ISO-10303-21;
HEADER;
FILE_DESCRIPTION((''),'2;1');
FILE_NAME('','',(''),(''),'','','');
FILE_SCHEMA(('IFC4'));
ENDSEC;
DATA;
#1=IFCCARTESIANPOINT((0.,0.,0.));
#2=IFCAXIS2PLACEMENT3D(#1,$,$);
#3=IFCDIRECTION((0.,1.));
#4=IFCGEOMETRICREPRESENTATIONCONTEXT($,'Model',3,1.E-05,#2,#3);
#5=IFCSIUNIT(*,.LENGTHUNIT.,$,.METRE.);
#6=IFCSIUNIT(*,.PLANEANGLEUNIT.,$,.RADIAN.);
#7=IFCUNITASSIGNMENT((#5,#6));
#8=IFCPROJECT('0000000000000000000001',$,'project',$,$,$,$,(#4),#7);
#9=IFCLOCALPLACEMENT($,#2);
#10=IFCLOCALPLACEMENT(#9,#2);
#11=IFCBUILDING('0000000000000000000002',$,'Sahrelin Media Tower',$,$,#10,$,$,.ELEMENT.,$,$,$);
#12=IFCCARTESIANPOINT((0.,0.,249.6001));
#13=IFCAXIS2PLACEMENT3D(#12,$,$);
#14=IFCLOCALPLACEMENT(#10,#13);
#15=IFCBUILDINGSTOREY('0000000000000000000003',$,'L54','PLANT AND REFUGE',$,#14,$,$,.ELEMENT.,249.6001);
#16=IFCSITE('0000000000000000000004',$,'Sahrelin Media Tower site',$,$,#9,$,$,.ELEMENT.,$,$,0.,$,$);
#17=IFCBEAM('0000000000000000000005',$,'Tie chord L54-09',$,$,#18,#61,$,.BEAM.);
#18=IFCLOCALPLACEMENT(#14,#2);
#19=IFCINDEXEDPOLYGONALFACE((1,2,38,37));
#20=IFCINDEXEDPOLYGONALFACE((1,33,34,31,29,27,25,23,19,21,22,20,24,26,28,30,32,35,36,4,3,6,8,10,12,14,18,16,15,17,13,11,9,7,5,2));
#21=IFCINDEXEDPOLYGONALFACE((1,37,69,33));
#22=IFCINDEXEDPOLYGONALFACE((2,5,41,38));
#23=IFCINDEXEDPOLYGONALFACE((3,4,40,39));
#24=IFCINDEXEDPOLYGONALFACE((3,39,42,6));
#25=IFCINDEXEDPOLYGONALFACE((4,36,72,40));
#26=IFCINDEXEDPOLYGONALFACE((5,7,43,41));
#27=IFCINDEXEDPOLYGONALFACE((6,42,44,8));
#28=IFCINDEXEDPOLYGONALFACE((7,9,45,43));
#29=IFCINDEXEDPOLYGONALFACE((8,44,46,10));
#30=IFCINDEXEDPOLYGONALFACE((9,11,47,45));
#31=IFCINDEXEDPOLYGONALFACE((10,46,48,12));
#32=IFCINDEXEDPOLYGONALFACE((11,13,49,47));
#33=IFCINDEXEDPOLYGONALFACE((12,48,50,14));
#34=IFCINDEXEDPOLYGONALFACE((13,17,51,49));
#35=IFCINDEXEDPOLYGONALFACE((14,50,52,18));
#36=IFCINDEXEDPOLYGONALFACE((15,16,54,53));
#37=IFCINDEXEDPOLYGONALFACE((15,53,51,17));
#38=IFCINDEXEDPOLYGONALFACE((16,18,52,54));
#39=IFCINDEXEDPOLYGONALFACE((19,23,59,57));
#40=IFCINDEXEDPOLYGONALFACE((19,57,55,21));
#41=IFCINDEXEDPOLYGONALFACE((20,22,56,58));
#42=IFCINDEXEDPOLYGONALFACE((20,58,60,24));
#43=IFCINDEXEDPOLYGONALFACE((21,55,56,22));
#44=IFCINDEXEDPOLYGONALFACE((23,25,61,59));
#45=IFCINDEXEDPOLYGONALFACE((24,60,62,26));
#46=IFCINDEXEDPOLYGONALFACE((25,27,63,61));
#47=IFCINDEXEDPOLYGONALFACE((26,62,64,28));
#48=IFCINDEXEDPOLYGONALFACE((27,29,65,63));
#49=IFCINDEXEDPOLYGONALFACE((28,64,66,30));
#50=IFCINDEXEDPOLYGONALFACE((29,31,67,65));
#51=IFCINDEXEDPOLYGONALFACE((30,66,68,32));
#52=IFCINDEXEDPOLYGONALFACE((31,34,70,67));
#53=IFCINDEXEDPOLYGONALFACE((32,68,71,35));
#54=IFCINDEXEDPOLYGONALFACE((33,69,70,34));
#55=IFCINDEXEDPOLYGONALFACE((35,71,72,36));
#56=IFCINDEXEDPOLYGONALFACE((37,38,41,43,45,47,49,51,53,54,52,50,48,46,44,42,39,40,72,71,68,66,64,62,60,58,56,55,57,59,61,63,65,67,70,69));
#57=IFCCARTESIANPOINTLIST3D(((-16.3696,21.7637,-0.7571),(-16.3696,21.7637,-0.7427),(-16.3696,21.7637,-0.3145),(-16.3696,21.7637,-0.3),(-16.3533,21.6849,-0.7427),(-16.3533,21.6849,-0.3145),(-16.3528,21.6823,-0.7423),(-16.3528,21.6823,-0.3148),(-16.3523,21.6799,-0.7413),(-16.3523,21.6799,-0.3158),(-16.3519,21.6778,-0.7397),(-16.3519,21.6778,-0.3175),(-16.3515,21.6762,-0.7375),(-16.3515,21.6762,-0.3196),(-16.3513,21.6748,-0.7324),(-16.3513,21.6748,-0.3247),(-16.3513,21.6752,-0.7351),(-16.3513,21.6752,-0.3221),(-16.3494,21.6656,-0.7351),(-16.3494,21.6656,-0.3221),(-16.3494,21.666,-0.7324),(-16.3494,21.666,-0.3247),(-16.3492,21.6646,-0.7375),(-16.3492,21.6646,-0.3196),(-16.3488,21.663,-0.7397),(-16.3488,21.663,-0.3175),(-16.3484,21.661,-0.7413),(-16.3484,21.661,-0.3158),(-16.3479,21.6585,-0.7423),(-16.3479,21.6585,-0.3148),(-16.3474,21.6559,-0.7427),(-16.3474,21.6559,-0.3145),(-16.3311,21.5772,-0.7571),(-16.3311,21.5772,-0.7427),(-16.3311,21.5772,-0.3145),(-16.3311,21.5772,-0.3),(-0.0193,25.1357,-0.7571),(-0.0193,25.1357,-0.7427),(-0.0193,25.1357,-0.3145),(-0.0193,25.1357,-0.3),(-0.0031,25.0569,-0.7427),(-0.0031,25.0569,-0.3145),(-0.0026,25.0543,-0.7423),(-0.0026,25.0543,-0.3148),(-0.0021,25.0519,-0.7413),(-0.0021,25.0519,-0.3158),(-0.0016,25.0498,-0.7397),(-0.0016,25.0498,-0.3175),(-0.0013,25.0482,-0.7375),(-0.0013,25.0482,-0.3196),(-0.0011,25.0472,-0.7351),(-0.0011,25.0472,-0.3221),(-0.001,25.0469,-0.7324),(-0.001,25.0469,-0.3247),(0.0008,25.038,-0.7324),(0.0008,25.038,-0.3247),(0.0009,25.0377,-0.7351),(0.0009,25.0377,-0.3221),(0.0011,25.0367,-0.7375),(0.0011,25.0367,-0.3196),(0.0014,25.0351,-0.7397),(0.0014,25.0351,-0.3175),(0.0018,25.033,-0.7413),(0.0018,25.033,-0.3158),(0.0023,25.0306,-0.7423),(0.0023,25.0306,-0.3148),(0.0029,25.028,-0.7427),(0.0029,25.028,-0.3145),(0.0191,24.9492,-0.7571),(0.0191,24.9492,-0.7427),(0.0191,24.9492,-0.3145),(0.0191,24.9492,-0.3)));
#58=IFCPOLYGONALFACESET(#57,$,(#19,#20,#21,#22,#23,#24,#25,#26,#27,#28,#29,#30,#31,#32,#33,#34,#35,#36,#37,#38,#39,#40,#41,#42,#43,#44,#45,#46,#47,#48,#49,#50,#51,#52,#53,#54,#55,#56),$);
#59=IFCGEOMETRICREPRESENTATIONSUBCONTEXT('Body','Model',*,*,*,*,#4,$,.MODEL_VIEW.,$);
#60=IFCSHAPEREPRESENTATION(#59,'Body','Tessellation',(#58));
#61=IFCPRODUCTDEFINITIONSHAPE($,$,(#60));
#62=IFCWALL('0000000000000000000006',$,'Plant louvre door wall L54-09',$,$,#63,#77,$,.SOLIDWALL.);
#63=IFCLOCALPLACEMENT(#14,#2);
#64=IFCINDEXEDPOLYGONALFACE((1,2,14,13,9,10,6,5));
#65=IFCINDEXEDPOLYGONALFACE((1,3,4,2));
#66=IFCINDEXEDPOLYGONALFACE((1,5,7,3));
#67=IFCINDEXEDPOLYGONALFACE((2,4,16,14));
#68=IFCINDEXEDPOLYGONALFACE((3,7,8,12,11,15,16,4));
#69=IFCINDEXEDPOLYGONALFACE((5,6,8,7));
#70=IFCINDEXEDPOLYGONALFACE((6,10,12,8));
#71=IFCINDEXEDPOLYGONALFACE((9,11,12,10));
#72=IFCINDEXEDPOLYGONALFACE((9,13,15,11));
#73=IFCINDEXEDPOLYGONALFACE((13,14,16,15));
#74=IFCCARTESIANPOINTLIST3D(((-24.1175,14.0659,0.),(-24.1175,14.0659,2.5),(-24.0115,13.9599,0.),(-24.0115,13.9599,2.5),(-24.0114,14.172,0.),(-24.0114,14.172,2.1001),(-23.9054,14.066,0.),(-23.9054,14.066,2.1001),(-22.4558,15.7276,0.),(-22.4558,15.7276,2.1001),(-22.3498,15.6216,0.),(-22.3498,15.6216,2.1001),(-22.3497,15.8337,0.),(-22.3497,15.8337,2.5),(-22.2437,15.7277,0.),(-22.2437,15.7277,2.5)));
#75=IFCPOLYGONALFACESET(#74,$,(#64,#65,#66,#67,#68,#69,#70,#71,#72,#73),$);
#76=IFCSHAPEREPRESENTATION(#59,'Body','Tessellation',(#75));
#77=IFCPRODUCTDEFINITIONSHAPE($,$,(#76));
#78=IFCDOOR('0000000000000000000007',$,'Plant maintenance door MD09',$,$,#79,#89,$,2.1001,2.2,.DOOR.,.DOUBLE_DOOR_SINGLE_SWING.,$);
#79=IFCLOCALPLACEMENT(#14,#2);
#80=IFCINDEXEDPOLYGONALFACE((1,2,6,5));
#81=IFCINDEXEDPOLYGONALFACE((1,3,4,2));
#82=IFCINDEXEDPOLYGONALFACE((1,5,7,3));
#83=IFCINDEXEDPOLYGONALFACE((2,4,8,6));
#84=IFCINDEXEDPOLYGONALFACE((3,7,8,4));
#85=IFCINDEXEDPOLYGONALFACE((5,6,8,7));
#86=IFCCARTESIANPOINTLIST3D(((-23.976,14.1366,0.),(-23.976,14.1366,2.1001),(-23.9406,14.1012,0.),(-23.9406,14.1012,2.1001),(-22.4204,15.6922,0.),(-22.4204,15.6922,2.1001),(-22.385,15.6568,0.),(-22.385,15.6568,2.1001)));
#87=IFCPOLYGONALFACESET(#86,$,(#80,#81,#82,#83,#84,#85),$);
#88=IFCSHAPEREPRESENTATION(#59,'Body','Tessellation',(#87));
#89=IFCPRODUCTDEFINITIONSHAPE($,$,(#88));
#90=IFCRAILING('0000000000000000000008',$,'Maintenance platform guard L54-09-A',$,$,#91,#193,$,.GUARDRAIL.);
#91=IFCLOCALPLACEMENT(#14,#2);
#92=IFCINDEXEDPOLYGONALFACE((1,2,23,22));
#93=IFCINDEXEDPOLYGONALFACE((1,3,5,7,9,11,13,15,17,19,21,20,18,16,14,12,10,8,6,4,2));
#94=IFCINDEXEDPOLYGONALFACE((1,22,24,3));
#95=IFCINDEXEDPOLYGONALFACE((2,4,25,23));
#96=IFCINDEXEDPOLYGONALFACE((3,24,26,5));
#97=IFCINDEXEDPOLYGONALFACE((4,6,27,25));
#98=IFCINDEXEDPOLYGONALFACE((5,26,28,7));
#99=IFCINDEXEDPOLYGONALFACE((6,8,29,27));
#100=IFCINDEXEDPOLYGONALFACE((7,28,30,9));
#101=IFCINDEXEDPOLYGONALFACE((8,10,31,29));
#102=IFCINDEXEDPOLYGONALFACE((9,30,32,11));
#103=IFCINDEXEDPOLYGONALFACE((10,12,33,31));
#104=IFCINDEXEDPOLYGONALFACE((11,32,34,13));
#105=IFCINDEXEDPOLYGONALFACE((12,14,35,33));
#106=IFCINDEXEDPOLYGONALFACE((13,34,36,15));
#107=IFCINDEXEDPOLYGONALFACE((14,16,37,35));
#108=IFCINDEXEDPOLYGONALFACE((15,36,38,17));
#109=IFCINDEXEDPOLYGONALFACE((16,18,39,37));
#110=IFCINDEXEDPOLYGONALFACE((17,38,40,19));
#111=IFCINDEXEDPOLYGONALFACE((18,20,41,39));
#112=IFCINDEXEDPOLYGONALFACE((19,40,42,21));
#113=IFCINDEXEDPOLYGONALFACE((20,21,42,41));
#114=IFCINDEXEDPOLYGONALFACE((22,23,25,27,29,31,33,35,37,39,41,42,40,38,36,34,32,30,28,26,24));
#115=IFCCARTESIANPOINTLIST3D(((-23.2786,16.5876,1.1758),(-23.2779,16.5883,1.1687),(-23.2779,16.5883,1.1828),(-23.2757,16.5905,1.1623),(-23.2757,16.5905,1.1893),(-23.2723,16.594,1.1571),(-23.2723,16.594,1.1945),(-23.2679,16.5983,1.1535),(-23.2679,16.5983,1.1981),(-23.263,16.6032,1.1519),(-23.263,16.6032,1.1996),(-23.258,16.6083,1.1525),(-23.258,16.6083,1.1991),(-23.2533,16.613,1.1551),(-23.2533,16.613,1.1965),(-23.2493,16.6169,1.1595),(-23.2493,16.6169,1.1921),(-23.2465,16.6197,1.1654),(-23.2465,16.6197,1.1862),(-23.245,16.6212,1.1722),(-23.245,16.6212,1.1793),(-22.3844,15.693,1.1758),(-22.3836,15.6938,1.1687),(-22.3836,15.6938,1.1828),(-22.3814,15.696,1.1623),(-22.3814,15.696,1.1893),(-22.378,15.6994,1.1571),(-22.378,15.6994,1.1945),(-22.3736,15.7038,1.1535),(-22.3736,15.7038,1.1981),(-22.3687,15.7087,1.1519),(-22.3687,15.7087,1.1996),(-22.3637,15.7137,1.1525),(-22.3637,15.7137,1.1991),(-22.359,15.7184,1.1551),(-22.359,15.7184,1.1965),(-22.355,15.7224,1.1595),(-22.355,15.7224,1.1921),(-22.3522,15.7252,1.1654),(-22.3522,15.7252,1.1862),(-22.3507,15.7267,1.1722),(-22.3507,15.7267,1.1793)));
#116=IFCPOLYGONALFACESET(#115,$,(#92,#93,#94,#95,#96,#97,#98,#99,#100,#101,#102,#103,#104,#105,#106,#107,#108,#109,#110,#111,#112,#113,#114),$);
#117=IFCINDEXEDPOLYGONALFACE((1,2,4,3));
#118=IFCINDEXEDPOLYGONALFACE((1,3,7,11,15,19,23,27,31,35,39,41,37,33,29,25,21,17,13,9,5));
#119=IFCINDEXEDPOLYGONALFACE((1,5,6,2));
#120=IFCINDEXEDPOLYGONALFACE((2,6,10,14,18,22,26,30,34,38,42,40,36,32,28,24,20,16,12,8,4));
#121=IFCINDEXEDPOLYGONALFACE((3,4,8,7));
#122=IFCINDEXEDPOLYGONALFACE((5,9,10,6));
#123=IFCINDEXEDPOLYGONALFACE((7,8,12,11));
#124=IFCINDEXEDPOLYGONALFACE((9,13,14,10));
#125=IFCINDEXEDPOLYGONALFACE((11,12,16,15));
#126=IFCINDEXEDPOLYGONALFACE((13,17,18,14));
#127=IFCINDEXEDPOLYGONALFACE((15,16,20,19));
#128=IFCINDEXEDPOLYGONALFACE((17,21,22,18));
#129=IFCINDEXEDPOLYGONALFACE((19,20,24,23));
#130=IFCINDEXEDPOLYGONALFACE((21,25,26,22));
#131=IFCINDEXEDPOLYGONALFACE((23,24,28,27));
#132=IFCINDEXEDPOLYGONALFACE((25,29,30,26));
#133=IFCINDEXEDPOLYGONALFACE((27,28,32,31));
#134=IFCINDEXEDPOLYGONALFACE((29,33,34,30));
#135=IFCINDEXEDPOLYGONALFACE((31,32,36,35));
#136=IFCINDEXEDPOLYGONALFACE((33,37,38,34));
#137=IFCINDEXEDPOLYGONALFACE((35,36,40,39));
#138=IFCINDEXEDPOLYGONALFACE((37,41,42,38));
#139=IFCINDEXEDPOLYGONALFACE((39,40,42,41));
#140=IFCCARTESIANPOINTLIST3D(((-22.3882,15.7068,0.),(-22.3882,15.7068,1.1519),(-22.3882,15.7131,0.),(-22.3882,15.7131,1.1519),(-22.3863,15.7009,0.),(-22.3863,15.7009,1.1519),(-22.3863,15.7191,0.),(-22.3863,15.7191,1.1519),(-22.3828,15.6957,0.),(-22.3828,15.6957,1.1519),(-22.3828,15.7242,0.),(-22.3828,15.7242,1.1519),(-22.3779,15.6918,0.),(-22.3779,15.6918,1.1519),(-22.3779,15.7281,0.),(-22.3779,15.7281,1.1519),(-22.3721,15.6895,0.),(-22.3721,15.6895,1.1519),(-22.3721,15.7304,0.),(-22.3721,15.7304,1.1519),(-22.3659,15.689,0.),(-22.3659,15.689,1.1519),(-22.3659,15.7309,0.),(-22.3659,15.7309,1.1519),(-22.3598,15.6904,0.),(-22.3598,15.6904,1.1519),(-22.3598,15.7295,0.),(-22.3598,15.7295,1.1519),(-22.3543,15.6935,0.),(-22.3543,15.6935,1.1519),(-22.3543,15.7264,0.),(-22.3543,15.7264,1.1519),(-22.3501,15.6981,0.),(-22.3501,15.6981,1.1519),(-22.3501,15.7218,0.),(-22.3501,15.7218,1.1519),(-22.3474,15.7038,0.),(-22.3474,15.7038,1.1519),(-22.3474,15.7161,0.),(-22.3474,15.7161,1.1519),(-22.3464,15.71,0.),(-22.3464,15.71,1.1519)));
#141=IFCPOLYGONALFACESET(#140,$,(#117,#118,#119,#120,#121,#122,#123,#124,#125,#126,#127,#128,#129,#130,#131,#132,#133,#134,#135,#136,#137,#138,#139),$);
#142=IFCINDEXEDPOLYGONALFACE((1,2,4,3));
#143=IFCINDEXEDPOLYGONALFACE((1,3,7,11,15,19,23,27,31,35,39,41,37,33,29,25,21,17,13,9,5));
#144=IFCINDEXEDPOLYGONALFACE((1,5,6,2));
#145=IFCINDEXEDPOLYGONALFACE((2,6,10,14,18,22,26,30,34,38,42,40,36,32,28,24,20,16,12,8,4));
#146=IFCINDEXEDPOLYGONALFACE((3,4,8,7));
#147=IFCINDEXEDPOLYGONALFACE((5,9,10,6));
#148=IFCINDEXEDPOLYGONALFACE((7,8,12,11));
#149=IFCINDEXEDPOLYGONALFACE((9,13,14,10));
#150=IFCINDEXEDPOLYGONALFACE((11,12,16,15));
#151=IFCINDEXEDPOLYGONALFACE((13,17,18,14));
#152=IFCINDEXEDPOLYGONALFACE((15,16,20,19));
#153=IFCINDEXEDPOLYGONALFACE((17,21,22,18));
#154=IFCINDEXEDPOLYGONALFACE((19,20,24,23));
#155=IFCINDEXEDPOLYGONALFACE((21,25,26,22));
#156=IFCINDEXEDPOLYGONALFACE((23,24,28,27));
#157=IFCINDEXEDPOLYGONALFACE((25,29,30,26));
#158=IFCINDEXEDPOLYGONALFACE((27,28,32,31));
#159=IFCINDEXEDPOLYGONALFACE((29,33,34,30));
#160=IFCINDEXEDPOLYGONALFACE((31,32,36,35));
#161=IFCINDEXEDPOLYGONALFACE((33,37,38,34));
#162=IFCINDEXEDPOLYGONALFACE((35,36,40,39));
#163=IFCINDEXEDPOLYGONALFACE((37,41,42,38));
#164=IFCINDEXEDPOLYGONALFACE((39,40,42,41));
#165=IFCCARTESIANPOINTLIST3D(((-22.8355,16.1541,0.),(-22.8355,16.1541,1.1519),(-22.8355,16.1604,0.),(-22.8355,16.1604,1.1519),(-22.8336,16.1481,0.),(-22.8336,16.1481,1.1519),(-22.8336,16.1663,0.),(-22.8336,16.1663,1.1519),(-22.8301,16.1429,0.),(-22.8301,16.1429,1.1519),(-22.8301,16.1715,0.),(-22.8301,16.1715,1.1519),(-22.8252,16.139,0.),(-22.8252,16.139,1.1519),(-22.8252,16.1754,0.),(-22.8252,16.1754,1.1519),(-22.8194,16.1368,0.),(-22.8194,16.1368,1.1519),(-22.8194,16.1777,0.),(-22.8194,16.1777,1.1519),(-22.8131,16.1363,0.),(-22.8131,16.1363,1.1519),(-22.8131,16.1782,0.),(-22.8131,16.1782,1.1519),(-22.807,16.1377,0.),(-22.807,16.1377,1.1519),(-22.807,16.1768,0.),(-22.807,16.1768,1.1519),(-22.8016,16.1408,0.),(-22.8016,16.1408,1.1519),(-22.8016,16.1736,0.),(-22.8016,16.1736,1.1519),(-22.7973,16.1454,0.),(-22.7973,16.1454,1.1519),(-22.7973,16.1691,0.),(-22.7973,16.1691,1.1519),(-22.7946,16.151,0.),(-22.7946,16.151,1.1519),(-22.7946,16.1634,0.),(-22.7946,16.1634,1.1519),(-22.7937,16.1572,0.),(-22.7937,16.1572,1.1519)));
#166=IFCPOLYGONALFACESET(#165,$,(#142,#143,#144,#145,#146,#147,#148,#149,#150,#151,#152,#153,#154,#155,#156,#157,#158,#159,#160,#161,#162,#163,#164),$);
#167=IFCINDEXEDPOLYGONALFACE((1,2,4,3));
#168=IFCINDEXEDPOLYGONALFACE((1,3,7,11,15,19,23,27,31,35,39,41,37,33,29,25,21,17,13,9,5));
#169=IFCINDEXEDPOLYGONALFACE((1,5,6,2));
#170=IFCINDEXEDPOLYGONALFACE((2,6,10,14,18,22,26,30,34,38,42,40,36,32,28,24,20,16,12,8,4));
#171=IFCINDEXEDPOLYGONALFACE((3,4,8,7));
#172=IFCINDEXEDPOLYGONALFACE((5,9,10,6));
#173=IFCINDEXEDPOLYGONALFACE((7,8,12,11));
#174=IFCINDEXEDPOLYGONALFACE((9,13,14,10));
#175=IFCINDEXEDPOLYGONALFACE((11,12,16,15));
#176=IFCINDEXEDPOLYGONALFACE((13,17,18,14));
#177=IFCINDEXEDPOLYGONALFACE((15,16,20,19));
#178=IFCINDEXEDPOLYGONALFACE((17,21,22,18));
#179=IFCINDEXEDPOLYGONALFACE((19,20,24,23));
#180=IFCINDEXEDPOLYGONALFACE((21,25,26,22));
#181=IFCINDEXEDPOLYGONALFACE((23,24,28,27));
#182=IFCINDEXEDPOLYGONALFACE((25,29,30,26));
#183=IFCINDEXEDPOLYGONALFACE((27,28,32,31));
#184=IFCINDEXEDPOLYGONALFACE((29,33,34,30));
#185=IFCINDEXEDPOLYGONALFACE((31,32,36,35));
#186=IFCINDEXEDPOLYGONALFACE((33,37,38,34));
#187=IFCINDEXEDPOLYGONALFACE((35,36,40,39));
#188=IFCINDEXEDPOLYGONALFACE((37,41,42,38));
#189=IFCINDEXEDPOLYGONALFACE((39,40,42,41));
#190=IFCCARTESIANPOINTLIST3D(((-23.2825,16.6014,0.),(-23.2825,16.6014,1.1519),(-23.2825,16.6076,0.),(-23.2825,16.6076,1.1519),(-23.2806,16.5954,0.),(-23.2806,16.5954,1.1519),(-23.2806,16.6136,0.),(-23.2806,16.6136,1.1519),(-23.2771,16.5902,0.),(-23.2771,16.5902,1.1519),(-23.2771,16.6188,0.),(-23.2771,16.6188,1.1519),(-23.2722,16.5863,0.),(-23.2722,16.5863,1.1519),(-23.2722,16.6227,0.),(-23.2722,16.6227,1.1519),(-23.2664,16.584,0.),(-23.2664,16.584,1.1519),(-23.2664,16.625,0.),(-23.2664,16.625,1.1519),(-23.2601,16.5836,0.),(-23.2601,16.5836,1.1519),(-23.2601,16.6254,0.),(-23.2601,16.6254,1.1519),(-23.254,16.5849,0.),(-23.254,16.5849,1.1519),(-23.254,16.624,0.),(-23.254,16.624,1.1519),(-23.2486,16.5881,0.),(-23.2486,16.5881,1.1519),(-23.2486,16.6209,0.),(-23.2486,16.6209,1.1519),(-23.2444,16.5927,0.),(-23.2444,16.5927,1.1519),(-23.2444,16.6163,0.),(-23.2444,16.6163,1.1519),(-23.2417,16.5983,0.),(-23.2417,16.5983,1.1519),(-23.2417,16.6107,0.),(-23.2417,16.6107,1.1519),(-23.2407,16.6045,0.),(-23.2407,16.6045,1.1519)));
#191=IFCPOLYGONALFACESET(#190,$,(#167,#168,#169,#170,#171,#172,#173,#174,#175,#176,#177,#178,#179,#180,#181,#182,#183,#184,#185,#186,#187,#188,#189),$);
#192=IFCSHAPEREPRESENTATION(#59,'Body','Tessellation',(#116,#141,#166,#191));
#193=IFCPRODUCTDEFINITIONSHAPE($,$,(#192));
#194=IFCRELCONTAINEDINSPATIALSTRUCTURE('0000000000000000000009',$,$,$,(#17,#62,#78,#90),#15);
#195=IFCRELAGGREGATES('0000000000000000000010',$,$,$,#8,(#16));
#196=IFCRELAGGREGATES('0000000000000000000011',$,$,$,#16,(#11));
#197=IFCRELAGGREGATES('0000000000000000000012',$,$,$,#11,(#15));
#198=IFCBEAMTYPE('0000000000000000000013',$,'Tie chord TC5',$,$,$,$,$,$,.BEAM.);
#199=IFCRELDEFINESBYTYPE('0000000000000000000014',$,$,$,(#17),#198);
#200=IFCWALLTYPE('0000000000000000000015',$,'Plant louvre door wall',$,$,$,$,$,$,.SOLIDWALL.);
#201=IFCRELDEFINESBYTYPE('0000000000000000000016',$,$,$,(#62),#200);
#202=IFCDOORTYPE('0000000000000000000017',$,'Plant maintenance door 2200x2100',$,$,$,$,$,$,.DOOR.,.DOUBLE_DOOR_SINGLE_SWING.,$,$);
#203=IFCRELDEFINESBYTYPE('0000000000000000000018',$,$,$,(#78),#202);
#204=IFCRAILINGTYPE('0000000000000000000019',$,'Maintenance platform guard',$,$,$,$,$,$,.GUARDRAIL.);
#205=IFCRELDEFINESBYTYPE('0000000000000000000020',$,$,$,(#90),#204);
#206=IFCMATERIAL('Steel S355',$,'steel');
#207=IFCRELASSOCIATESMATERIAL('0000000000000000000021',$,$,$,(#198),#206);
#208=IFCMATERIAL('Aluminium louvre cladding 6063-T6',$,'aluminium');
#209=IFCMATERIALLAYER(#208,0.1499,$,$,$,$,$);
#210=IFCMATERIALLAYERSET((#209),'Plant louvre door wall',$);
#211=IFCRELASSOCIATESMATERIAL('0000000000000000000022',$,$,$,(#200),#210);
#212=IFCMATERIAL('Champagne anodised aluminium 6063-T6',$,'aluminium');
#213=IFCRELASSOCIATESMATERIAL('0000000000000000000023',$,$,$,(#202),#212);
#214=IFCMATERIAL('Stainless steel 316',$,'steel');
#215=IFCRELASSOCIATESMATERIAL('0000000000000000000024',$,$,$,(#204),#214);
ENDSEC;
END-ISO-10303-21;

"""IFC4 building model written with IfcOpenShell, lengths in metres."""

from ifc_helpers import new_model, si_unit, direction, frame, frame_2d, origin, origin_2d, place, context, subcontext, project, spatial, rectangle, circle, i_section, extrude, material, layer, layer_set, material_profile, profile_set, type_object, element, fill, save


model = new_model("IFC4")

# Units and contexts
model_context = context("Model", 3, precision=1e-05, world=origin(), true_north=direction((0.0, 1.0)))
body_context = subcontext(model_context, "Body", "Model", "MODEL_VIEW")
ifc_project = project(units=[si_unit("LENGTHUNIT", "METRE"), si_unit("PLANEANGLEUNIT", "RADIAN")], contexts=[model_context])

# Site, building, storey
site_placement = place(None, origin())
site = spatial("IfcSite", under=ifc_project, at=site_placement, Name="Sahrelin Media Tower site", CompositionType="ELEMENT", RefElevation=0.0)
building_placement = place(site_placement, origin())
building = spatial("IfcBuilding", under=site, at=building_placement, Name="Sahrelin Media Tower", CompositionType="ELEMENT")
storey_placement = place(building_placement, frame((0.0, 0.0, 249.6001)))
storey = spatial("IfcBuildingStorey", under=building, at=storey_placement, Name="L54", Description="PLANT AND REFUGE", CompositionType="ELEMENT", Elevation=249.6001)

# Beam
ifc_material_1 = material(Name="Steel S355", Category="steel")
ifc_material_profile_1 = material_profile(ifc_material_1, i_section(OverallWidth=0.1904, OverallDepth=0.457, WebThickness=0.009, FlangeThickness=0.0144, FilletRadius=0.0103, at=origin_2d()), Name="UB 457x191x74")
ifc_profile_set_1 = profile_set([ifc_material_profile_1], Name="Steel S355")
beam_type_1 = type_object("IfcBeamType", Name="Tie chord TC5", PredefinedType="BEAM", material=ifc_profile_set_1)
beam_1_placement = place(storey_placement, frame((-16.3503, 21.6704, -0.5286), z_axis=(0.979388, 0.201988, 0.0), x_axis=(-0.201988, 0.979388, 0.0)))
element("IfcBeam", 1, at=beam_1_placement, inside=storey, type_object=beam_type_1, Name="Tie chord L54-09", PredefinedType="BEAM", context=body_context, shape_type="SweptSolid", body=[
    extrude(i_section(OverallWidth=0.1904, OverallDepth=0.457, WebThickness=0.009, FlangeThickness=0.0144, FilletRadius=0.0103, at=origin_2d()), origin(), (0.0, 0.0, 1.0), 16.6943),
])

# Wall, opening, door
ifc_material_2 = material(Name="Aluminium louvre cladding 6063-T6", Category="aluminium")
ifc_layer = layer(ifc_material_2, 0.1499)
ifc_layer_set = layer_set([ifc_layer], Name="Plant louvre door wall")
wall_type = type_object("IfcWallType", Name="Plant louvre door wall", PredefinedType="SOLIDWALL", material=ifc_layer_set)
wall_placement = place(storey_placement, frame((-24.0645, 14.0129, 0.0), z_axis=(0.0, 0.0, 1.0), x_axis=(0.707107, 0.707107, 0.0)))
wall = element("IfcWall", 2, at=wall_placement, inside=storey, type_object=wall_type, Name="Plant louvre door wall L54-09", PredefinedType="SOLIDWALL", context=body_context, shape_type="SweptSolid", body=[
    extrude(rectangle(XDim=2.5, YDim=0.1499, at=frame_2d((1.25, 0.0))), origin(), (0.0, 0.0, 1.0), 2.5),
])
opening_placement = place(wall_placement, frame((0.1499, 0.0, 0.0)))
opening = element("IfcOpeningElement", 3, at=opening_placement, cuts=wall, PredefinedType="OPENING", context=body_context, shape_type="SweptSolid", body=[
    extrude(rectangle(XDim=2.2, YDim=2.1001, at=frame_2d((1.1001, 1.05))), frame((0.0, 0.075, 0.0), z_axis=(0.0, -1.0, 0.0), x_axis=(1.0, 0.0, 0.0)), (0.0, 0.0, 1.0), 0.1499),
])
ifc_material_3 = material(Name="Champagne anodised aluminium 6063-T6", Category="aluminium")
door_type = type_object("IfcDoorType", Name="Plant maintenance door 2200x2100", OperationType="DOUBLE_DOOR_SINGLE_SWING", PredefinedType="DOOR", material=ifc_material_3)
door_placement = place(opening_placement, origin())
door = element("IfcDoor", 4, at=door_placement, inside=storey, type_object=door_type, Name="Plant maintenance door MD09", OperationType="DOUBLE_DOOR_SINGLE_SWING", OverallHeight=2.1001, OverallWidth=2.2, PredefinedType="DOOR", context=body_context, shape_type="SweptSolid", body=[
    extrude(rectangle(XDim=2.2, YDim=2.1001, at=frame_2d((1.1001, 1.05))), frame((0.0, 0.0249, 0.0), z_axis=(0.0, -1.0, 0.0), x_axis=(1.0, 0.0, 0.0)), (0.0, 0.0, 1.0), 0.05),
])
fill(opening, door)

# Railing
ifc_material_4 = material(Name="Stainless steel 316", Category="steel")
railing_type = type_object("IfcRailingType", Name="Maintenance platform guard", PredefinedType="GUARDRAIL", material=ifc_material_4)
railing_1_placement = place(storey_placement, frame((-22.3674, 15.71, 0.0)))
element("IfcRailing", 5, at=railing_1_placement, inside=storey, type_object=railing_type, Name="Maintenance platform guard L54-09-A", PredefinedType="GUARDRAIL", context=body_context, shape_type="SweptSolid", body=[
    extrude(circle(Radius=0.0239, at=origin_2d()), frame((0.0, 0.0, 1.1758), z_axis=(-0.70701, 0.707203, 0.0), x_axis=(-0.707203, -0.70701, 0.0)), (0.0, 0.0, 1.0), 1.2649),
    extrude(circle(Radius=0.021, at=origin_2d()), origin(), (0.0, 0.0, 1.0), 1.1519),
    extrude(circle(Radius=0.021, at=origin_2d()), frame((-0.4473, 0.4473, 0.0)), (0.0, 0.0, 1.0), 1.1519),
    extrude(circle(Radius=0.021, at=origin_2d()), frame((-0.8943, 0.8945, 0.0)), (0.0, 0.0, 1.0), 1.1519),
])

save(model, "model.ifc")
